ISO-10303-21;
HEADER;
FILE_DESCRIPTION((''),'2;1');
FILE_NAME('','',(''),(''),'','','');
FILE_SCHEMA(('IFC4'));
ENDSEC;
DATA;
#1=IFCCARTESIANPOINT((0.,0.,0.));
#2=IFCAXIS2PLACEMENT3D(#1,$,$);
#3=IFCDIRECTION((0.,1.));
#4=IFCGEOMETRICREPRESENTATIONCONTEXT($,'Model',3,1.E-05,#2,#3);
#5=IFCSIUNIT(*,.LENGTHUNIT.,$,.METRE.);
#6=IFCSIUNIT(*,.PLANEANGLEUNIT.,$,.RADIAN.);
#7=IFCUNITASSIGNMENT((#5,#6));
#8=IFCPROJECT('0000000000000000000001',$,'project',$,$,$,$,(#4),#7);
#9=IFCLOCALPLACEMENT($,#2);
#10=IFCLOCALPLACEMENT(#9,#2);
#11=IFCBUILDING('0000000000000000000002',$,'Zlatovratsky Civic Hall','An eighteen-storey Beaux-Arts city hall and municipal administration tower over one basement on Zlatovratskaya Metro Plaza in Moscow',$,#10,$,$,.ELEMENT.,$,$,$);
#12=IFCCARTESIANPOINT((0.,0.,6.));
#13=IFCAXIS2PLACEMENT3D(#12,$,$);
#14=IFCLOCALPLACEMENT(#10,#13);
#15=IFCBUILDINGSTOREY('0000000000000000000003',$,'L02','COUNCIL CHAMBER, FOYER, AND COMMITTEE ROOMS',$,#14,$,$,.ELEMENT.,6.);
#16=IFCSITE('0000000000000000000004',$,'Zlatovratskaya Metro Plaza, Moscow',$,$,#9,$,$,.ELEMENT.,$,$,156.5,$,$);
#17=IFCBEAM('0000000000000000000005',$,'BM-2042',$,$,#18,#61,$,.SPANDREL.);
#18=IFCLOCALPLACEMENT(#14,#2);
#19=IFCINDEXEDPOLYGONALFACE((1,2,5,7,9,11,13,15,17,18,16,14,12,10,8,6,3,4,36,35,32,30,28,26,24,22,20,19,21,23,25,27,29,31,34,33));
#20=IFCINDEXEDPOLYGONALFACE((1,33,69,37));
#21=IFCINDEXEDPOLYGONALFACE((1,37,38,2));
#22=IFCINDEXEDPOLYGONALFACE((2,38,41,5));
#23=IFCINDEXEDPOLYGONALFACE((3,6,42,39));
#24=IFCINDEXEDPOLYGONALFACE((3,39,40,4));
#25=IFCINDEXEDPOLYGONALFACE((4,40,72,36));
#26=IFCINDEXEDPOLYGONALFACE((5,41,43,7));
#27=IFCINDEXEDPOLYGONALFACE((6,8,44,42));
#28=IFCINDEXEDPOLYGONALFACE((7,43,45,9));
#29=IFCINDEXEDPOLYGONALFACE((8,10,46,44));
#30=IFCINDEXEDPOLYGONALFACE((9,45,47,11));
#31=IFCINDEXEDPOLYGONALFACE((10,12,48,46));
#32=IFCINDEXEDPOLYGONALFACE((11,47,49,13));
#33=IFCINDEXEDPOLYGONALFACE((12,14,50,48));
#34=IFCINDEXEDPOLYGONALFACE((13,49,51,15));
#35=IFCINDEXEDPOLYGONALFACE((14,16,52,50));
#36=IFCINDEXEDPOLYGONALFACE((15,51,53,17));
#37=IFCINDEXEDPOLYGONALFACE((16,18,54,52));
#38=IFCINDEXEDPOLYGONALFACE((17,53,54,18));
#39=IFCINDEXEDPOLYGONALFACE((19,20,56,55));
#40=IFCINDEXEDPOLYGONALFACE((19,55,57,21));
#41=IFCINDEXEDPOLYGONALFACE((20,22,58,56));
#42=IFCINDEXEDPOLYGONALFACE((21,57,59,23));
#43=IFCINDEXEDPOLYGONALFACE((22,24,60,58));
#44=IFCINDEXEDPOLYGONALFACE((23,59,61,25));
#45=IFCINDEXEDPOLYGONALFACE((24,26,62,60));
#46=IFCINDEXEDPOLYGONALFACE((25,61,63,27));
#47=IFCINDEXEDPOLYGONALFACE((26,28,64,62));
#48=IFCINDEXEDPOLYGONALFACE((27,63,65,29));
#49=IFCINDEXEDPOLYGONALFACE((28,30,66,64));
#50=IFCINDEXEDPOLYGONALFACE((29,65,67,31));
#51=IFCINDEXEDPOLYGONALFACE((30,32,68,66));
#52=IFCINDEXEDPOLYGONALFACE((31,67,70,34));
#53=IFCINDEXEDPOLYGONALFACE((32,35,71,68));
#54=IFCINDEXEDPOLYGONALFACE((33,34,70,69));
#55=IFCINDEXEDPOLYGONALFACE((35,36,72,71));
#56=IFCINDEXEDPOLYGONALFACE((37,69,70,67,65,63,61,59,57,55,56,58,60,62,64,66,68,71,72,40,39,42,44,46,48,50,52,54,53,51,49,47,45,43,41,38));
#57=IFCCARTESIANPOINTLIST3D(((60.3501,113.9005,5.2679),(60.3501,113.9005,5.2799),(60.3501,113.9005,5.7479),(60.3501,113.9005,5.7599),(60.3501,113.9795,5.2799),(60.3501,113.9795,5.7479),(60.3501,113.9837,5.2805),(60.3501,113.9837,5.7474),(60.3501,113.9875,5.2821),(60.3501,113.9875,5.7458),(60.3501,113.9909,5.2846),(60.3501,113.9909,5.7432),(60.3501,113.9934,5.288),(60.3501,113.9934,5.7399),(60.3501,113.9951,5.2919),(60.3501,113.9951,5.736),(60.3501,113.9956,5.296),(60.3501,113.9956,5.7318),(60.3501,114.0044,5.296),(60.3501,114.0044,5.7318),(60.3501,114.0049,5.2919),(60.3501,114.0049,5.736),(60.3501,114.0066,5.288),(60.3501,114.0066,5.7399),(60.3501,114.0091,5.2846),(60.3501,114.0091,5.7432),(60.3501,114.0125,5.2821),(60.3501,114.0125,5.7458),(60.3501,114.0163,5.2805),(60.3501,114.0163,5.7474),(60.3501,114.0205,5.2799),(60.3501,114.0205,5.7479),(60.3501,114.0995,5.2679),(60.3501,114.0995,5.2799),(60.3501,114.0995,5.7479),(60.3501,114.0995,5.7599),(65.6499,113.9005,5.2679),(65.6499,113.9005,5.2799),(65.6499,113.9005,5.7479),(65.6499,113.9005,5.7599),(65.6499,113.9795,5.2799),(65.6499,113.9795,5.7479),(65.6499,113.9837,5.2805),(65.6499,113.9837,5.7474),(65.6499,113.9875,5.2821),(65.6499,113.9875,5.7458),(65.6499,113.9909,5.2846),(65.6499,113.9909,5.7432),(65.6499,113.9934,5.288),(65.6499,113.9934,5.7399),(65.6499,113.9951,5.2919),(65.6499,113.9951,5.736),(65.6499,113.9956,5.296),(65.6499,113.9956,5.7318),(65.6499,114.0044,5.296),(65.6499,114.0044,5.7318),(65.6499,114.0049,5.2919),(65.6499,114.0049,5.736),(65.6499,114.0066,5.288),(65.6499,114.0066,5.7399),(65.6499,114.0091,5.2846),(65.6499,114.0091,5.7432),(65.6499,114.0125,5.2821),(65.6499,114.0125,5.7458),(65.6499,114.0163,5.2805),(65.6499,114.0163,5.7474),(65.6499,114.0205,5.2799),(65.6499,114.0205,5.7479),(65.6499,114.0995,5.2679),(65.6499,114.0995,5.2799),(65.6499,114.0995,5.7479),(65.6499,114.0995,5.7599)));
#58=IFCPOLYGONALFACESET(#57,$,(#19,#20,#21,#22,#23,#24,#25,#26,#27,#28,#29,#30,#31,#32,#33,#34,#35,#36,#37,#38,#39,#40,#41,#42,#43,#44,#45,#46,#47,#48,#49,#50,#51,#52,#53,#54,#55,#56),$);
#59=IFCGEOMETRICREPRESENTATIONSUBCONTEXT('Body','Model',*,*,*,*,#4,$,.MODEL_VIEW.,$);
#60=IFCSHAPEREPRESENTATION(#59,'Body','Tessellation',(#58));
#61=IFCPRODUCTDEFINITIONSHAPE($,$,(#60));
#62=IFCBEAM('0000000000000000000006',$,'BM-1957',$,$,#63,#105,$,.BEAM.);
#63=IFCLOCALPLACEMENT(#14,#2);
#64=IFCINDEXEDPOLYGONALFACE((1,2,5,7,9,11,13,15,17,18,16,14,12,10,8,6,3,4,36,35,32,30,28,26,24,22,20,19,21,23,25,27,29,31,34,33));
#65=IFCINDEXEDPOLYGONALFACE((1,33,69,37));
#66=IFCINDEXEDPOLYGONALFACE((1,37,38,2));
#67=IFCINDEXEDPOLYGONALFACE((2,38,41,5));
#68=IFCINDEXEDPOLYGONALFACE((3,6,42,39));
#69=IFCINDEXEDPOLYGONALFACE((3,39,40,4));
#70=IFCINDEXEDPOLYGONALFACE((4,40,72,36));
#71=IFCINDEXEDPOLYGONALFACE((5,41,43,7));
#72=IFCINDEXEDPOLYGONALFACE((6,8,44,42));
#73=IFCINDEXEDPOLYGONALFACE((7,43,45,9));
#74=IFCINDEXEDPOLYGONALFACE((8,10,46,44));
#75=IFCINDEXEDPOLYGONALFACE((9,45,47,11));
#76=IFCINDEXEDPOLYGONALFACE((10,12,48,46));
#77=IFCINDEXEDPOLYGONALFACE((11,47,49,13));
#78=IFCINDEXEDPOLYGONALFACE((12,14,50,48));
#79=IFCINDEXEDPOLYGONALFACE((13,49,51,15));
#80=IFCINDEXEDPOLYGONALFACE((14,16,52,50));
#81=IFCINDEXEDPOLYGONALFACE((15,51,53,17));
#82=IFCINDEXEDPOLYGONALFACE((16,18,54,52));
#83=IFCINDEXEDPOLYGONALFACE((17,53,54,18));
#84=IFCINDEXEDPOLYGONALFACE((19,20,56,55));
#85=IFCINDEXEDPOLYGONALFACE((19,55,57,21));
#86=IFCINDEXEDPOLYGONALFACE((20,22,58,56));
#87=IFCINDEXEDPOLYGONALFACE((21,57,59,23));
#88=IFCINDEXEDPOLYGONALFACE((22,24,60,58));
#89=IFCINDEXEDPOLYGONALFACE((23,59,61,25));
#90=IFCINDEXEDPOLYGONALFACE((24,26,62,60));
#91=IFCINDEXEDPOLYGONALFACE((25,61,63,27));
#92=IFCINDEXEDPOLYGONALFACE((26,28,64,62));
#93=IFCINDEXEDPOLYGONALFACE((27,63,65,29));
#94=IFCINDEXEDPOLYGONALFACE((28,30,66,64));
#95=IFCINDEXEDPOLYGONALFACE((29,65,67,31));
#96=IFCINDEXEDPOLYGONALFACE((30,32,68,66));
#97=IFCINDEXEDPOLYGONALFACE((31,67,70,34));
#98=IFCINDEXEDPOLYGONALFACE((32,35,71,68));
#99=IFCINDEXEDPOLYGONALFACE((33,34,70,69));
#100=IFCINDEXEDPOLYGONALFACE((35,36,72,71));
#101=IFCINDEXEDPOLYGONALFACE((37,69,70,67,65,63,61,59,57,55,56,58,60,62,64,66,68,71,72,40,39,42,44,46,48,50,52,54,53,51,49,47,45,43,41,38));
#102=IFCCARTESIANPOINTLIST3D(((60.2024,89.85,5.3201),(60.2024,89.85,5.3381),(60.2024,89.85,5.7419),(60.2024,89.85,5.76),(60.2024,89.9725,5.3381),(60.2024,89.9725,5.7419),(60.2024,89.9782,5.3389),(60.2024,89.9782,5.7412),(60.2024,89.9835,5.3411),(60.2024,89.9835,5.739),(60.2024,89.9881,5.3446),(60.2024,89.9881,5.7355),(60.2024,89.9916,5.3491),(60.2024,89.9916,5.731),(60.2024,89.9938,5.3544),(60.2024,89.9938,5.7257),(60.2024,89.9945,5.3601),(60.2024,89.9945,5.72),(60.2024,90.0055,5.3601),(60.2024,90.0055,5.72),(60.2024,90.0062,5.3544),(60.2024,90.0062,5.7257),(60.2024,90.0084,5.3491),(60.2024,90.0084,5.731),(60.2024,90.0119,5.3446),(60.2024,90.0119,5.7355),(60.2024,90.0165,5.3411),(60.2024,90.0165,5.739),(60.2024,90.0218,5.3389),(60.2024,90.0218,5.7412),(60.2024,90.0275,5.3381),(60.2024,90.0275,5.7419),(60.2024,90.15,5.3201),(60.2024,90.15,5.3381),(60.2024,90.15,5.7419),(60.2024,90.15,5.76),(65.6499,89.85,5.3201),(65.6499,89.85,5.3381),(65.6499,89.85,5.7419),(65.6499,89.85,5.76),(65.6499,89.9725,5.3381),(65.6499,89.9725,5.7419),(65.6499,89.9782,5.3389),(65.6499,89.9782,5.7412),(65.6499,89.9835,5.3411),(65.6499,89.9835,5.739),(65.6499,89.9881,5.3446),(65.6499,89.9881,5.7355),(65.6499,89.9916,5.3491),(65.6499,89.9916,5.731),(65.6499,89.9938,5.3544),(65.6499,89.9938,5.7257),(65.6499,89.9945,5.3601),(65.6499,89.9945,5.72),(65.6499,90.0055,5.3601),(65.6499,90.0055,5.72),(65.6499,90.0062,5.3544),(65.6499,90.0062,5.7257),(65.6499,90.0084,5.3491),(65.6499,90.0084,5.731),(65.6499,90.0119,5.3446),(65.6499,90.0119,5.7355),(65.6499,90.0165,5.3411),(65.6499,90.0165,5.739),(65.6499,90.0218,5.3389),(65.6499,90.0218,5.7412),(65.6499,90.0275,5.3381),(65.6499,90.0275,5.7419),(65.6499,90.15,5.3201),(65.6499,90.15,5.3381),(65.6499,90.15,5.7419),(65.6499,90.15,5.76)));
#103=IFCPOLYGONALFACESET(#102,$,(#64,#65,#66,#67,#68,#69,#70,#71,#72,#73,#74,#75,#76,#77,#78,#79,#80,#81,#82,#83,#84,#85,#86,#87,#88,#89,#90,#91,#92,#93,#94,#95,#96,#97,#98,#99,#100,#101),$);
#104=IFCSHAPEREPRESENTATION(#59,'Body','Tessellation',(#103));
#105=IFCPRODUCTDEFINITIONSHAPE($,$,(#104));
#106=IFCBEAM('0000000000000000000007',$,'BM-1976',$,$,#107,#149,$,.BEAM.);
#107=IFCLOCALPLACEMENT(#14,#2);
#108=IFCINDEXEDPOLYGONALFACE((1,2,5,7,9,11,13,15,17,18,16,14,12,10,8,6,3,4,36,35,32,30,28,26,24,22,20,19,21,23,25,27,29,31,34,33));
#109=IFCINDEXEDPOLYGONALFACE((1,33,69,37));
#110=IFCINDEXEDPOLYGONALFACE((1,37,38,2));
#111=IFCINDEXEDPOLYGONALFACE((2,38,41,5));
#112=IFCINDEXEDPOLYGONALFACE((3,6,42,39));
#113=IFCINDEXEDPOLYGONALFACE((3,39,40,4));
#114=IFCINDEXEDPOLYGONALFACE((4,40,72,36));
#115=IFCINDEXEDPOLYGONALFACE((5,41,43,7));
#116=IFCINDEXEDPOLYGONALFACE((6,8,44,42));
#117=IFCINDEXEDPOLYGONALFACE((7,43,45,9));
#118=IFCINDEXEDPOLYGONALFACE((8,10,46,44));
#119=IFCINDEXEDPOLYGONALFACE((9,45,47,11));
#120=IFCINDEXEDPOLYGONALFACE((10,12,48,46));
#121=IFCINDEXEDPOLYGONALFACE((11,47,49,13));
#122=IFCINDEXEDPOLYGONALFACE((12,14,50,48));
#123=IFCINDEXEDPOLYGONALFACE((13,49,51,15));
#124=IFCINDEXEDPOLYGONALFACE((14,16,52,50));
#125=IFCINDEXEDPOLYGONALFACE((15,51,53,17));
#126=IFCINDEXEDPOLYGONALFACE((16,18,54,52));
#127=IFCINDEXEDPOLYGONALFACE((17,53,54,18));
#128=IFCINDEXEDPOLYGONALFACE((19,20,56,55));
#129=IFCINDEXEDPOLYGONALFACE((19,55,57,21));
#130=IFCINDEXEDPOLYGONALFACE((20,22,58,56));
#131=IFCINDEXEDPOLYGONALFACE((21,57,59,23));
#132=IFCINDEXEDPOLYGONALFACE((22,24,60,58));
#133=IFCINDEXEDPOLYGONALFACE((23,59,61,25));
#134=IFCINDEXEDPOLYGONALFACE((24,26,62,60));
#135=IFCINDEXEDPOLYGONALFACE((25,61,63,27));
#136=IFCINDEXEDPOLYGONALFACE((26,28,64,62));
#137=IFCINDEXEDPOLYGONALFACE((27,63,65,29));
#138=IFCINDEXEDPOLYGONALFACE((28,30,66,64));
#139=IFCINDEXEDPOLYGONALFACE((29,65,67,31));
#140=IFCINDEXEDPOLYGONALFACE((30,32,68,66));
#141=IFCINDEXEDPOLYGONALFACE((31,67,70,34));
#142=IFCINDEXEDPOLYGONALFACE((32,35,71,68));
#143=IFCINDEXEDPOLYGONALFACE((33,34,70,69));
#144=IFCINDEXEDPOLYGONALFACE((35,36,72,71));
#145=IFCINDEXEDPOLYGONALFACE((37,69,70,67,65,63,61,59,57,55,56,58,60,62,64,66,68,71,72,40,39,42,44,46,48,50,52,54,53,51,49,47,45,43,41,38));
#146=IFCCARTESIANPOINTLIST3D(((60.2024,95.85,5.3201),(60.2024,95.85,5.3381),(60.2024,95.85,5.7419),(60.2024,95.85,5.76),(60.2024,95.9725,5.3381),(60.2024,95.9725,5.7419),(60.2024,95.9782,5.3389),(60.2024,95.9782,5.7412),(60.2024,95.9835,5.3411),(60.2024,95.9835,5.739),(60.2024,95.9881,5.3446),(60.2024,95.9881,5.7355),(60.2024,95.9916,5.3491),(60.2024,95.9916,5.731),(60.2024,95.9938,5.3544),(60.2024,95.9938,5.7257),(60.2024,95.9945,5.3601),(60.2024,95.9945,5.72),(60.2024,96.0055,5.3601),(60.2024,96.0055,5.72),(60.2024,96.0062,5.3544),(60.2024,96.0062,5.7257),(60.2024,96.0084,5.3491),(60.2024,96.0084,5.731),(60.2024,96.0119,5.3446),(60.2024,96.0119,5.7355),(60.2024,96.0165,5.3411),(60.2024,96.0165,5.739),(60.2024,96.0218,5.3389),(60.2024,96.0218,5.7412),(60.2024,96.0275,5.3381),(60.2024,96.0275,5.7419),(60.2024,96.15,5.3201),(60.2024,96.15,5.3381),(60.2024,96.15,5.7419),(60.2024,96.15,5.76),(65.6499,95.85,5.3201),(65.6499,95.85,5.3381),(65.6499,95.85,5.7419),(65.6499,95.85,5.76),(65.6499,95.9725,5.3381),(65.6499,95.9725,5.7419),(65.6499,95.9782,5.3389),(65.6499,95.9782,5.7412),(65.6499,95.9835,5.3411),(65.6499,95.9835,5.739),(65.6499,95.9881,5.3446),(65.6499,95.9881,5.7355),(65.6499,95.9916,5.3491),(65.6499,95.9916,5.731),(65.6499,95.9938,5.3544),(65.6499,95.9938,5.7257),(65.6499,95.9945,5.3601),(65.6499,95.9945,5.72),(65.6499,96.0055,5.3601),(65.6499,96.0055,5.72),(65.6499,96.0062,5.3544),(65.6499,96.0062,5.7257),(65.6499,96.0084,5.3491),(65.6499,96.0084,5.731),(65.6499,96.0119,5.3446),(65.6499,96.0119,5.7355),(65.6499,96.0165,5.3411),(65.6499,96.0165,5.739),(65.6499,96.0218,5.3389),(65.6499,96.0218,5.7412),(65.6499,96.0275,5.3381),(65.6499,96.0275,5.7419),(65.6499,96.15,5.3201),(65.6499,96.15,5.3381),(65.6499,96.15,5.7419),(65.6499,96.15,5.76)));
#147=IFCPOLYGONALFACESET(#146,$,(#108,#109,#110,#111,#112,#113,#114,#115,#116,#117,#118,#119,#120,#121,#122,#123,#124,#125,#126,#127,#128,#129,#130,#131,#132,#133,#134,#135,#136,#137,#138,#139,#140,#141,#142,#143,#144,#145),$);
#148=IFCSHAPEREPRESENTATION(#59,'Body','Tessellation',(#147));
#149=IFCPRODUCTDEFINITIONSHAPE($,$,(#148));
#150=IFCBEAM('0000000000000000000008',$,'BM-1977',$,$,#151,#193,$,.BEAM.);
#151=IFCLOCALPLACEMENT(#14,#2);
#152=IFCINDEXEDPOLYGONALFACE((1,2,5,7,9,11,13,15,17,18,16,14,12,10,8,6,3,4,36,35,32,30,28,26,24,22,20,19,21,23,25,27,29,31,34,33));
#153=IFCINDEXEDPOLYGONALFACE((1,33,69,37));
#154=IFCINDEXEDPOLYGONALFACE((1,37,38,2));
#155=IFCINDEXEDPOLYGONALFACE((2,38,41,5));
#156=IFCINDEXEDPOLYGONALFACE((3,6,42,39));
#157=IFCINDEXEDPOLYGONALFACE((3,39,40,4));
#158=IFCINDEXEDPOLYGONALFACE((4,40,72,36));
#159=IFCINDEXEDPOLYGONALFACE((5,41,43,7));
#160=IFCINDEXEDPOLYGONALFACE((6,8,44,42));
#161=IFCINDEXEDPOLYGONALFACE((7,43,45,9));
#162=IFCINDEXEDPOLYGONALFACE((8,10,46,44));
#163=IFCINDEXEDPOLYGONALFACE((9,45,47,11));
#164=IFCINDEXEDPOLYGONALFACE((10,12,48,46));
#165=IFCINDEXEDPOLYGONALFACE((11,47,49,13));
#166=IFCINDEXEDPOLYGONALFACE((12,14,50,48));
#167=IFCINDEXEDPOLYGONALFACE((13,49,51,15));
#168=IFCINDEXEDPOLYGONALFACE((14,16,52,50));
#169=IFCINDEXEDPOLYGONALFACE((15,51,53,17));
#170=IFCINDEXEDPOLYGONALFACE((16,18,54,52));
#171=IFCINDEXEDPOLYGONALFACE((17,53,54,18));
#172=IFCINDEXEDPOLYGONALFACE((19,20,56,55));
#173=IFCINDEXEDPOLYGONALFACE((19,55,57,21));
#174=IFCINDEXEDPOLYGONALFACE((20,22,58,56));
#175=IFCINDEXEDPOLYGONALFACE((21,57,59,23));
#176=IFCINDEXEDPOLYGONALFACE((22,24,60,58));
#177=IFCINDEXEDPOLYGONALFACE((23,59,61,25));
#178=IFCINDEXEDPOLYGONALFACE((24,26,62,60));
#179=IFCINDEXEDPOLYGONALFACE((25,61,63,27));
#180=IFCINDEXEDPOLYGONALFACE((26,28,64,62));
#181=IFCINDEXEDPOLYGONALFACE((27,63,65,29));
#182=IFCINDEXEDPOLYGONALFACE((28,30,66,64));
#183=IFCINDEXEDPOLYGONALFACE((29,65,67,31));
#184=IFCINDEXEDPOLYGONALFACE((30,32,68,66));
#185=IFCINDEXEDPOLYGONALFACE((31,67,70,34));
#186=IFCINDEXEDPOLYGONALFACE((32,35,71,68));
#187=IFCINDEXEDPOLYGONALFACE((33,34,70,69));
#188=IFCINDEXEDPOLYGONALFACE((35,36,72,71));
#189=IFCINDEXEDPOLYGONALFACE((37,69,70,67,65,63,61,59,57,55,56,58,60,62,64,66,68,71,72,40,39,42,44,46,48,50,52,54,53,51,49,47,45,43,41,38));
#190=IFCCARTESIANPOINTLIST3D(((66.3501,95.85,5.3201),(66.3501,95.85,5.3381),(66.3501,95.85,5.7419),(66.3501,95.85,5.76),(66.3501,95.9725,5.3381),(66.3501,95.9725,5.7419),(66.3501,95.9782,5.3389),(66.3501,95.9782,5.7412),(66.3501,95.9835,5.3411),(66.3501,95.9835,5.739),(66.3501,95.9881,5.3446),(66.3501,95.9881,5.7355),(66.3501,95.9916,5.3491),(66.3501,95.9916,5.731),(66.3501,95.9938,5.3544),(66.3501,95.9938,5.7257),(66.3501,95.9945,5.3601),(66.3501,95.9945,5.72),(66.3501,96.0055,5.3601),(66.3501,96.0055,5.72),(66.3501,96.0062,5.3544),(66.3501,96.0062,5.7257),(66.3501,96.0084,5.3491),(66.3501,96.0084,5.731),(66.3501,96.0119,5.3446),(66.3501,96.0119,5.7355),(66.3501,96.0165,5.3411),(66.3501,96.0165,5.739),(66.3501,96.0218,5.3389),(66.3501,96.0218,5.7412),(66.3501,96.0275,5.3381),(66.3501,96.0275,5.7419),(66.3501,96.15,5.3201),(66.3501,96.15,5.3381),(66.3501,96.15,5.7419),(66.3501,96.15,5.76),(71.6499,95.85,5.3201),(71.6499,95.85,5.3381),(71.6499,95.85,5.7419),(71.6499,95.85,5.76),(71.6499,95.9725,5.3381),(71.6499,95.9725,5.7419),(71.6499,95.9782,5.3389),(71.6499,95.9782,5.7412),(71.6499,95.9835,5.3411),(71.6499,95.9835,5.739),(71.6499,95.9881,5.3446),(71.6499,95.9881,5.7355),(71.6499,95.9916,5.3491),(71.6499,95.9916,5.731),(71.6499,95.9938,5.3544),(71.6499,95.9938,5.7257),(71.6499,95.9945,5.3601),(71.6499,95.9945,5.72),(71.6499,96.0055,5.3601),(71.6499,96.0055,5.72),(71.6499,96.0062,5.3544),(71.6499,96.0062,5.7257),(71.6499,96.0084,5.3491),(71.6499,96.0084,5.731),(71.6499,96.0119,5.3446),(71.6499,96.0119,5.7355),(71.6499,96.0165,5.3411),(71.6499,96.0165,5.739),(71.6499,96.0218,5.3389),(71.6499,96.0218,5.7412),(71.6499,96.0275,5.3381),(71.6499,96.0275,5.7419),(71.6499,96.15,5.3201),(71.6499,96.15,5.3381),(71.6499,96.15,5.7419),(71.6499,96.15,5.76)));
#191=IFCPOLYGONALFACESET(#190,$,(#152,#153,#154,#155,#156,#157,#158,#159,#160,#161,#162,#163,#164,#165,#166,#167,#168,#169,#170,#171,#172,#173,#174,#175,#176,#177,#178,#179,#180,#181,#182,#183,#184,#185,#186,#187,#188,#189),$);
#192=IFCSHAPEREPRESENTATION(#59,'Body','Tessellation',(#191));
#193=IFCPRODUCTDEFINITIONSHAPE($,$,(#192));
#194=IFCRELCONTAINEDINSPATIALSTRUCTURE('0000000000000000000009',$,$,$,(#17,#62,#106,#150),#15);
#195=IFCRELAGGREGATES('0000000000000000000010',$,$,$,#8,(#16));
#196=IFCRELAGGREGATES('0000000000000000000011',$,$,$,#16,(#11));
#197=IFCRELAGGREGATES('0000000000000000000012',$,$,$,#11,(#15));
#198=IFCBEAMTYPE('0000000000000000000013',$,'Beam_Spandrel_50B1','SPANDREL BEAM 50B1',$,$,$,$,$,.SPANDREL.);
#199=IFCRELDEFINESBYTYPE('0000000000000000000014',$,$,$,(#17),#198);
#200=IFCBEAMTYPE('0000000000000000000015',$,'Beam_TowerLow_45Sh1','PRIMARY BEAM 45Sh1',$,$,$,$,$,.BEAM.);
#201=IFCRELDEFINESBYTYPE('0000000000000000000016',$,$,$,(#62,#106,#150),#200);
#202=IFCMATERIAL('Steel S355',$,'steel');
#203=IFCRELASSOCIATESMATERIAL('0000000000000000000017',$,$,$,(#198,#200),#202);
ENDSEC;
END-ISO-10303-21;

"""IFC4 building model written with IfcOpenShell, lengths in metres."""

from ifc_helpers import new_model, si_unit, direction, frame, origin, origin_2d, place, context, subcontext, project, spatial, i_section, extrude, material, material_profile, profile_set, type_object, element, save


model = new_model("IFC4")

# Units and contexts
model_context = context("Model", 3, precision=1e-05, world=origin(), true_north=direction((0.0, 1.0)))
body_context = subcontext(model_context, "Body", "Model", "MODEL_VIEW")
ifc_project = project(units=[si_unit("LENGTHUNIT", "METRE"), si_unit("PLANEANGLEUNIT", "RADIAN")], contexts=[model_context])

# Site, building, storey
site_placement = place(None, origin())
site = spatial("IfcSite", under=ifc_project, at=site_placement, Name="Zlatovratskaya Metro Plaza, Moscow", CompositionType="ELEMENT", RefElevation=156.5)
building_placement = place(site_placement, origin())
building = spatial("IfcBuilding", under=site, at=building_placement, Name="Zlatovratsky Civic Hall", Description="An eighteen-storey Beaux-Arts city hall and municipal administration tower over one basement on Zlatovratskaya Metro Plaza in Moscow", CompositionType="ELEMENT")
storey_placement = place(building_placement, frame((0.0, 0.0, 6.0)))
storey = spatial("IfcBuildingStorey", under=building, at=storey_placement, Name="L02", Description="COUNCIL CHAMBER, FOYER, AND COMMITTEE ROOMS", CompositionType="ELEMENT", Elevation=6.0)

# Shared definitions
ifc_material_1 = material(Name="Steel S355", Category="steel")

# Beams
ifc_material_profile_1 = material_profile(ifc_material_1, i_section(OverallWidth=0.199, OverallDepth=0.4919, WebThickness=0.0088, FlangeThickness=0.012, FilletRadius=0.0161, at=origin_2d()), Name="50B1")
ifc_profile_set_1 = profile_set([ifc_material_profile_1], Name="Steel S355")
beam_type_1 = type_object("IfcBeamType", Name="Beam_Spandrel_50B1", Description="SPANDREL BEAM 50B1", PredefinedType="SPANDREL", material=ifc_profile_set_1)
for number, where, z_axis, x_axis, name in (
    (1, (60.3501, 114.0, 5.5139), (1.0, 0.0, 0.0), (0.0, 1.0, 0.0), "BM-2042"),
):
    element("IfcBeam", number, at=place(storey_placement, frame(where, z_axis=z_axis, x_axis=x_axis)), inside=storey, type_object=beam_type_1, Name=name, PredefinedType="SPANDREL", context=body_context, shape_type="SweptSolid", body=[
        extrude(i_section(OverallWidth=0.199, OverallDepth=0.4919, WebThickness=0.0088, FlangeThickness=0.012, FilletRadius=0.0161, at=origin_2d()), origin(), (0.0, 0.0, 1.0), 5.2998),
    ])
ifc_material_profile_2 = material_profile(ifc_material_1, i_section(OverallWidth=0.3, OverallDepth=0.4399, WebThickness=0.011, FlangeThickness=0.0181, FilletRadius=0.022, at=origin_2d()), Name="45Sh1")
ifc_profile_set_2 = profile_set([ifc_material_profile_2], Name="Steel S355")
beam_type_2 = type_object("IfcBeamType", Name="Beam_TowerLow_45Sh1", Description="PRIMARY BEAM 45Sh1", PredefinedType="BEAM", material=ifc_profile_set_2)
for number, where, z_axis, x_axis, name in (
    (2, (60.2024, 90.0, 5.54), (1.0, 0.0, 0.0), (0.0, 1.0, 0.0), "BM-1957"),
    (3, (60.2024, 96.0, 5.54), (1.0, 0.0, 0.0), (0.0, 1.0, 0.0), "BM-1976"),
):
    element("IfcBeam", number, at=place(storey_placement, frame(where, z_axis=z_axis, x_axis=x_axis)), inside=storey, type_object=beam_type_2, Name=name, PredefinedType="BEAM", context=body_context, shape_type="SweptSolid", body=[
        extrude(i_section(OverallWidth=0.3, OverallDepth=0.4399, WebThickness=0.011, FlangeThickness=0.0181, FilletRadius=0.022, at=origin_2d()), origin(), (0.0, 0.0, 1.0), 5.4475),
    ])
beam_1_placement = place(storey_placement, frame((66.3501, 96.0, 5.54), z_axis=(1.0, 0.0, 0.0), x_axis=(0.0, 1.0, 0.0)))
element("IfcBeam", 4, at=beam_1_placement, inside=storey, type_object=beam_type_2, Name="BM-1977", PredefinedType="BEAM", context=body_context, shape_type="SweptSolid", body=[
    extrude(i_section(OverallWidth=0.3, OverallDepth=0.4399, WebThickness=0.011, FlangeThickness=0.0181, FilletRadius=0.022, at=origin_2d()), origin(), (0.0, 0.0, 1.0), 5.2998),
])

save(model, "model.ifc")
